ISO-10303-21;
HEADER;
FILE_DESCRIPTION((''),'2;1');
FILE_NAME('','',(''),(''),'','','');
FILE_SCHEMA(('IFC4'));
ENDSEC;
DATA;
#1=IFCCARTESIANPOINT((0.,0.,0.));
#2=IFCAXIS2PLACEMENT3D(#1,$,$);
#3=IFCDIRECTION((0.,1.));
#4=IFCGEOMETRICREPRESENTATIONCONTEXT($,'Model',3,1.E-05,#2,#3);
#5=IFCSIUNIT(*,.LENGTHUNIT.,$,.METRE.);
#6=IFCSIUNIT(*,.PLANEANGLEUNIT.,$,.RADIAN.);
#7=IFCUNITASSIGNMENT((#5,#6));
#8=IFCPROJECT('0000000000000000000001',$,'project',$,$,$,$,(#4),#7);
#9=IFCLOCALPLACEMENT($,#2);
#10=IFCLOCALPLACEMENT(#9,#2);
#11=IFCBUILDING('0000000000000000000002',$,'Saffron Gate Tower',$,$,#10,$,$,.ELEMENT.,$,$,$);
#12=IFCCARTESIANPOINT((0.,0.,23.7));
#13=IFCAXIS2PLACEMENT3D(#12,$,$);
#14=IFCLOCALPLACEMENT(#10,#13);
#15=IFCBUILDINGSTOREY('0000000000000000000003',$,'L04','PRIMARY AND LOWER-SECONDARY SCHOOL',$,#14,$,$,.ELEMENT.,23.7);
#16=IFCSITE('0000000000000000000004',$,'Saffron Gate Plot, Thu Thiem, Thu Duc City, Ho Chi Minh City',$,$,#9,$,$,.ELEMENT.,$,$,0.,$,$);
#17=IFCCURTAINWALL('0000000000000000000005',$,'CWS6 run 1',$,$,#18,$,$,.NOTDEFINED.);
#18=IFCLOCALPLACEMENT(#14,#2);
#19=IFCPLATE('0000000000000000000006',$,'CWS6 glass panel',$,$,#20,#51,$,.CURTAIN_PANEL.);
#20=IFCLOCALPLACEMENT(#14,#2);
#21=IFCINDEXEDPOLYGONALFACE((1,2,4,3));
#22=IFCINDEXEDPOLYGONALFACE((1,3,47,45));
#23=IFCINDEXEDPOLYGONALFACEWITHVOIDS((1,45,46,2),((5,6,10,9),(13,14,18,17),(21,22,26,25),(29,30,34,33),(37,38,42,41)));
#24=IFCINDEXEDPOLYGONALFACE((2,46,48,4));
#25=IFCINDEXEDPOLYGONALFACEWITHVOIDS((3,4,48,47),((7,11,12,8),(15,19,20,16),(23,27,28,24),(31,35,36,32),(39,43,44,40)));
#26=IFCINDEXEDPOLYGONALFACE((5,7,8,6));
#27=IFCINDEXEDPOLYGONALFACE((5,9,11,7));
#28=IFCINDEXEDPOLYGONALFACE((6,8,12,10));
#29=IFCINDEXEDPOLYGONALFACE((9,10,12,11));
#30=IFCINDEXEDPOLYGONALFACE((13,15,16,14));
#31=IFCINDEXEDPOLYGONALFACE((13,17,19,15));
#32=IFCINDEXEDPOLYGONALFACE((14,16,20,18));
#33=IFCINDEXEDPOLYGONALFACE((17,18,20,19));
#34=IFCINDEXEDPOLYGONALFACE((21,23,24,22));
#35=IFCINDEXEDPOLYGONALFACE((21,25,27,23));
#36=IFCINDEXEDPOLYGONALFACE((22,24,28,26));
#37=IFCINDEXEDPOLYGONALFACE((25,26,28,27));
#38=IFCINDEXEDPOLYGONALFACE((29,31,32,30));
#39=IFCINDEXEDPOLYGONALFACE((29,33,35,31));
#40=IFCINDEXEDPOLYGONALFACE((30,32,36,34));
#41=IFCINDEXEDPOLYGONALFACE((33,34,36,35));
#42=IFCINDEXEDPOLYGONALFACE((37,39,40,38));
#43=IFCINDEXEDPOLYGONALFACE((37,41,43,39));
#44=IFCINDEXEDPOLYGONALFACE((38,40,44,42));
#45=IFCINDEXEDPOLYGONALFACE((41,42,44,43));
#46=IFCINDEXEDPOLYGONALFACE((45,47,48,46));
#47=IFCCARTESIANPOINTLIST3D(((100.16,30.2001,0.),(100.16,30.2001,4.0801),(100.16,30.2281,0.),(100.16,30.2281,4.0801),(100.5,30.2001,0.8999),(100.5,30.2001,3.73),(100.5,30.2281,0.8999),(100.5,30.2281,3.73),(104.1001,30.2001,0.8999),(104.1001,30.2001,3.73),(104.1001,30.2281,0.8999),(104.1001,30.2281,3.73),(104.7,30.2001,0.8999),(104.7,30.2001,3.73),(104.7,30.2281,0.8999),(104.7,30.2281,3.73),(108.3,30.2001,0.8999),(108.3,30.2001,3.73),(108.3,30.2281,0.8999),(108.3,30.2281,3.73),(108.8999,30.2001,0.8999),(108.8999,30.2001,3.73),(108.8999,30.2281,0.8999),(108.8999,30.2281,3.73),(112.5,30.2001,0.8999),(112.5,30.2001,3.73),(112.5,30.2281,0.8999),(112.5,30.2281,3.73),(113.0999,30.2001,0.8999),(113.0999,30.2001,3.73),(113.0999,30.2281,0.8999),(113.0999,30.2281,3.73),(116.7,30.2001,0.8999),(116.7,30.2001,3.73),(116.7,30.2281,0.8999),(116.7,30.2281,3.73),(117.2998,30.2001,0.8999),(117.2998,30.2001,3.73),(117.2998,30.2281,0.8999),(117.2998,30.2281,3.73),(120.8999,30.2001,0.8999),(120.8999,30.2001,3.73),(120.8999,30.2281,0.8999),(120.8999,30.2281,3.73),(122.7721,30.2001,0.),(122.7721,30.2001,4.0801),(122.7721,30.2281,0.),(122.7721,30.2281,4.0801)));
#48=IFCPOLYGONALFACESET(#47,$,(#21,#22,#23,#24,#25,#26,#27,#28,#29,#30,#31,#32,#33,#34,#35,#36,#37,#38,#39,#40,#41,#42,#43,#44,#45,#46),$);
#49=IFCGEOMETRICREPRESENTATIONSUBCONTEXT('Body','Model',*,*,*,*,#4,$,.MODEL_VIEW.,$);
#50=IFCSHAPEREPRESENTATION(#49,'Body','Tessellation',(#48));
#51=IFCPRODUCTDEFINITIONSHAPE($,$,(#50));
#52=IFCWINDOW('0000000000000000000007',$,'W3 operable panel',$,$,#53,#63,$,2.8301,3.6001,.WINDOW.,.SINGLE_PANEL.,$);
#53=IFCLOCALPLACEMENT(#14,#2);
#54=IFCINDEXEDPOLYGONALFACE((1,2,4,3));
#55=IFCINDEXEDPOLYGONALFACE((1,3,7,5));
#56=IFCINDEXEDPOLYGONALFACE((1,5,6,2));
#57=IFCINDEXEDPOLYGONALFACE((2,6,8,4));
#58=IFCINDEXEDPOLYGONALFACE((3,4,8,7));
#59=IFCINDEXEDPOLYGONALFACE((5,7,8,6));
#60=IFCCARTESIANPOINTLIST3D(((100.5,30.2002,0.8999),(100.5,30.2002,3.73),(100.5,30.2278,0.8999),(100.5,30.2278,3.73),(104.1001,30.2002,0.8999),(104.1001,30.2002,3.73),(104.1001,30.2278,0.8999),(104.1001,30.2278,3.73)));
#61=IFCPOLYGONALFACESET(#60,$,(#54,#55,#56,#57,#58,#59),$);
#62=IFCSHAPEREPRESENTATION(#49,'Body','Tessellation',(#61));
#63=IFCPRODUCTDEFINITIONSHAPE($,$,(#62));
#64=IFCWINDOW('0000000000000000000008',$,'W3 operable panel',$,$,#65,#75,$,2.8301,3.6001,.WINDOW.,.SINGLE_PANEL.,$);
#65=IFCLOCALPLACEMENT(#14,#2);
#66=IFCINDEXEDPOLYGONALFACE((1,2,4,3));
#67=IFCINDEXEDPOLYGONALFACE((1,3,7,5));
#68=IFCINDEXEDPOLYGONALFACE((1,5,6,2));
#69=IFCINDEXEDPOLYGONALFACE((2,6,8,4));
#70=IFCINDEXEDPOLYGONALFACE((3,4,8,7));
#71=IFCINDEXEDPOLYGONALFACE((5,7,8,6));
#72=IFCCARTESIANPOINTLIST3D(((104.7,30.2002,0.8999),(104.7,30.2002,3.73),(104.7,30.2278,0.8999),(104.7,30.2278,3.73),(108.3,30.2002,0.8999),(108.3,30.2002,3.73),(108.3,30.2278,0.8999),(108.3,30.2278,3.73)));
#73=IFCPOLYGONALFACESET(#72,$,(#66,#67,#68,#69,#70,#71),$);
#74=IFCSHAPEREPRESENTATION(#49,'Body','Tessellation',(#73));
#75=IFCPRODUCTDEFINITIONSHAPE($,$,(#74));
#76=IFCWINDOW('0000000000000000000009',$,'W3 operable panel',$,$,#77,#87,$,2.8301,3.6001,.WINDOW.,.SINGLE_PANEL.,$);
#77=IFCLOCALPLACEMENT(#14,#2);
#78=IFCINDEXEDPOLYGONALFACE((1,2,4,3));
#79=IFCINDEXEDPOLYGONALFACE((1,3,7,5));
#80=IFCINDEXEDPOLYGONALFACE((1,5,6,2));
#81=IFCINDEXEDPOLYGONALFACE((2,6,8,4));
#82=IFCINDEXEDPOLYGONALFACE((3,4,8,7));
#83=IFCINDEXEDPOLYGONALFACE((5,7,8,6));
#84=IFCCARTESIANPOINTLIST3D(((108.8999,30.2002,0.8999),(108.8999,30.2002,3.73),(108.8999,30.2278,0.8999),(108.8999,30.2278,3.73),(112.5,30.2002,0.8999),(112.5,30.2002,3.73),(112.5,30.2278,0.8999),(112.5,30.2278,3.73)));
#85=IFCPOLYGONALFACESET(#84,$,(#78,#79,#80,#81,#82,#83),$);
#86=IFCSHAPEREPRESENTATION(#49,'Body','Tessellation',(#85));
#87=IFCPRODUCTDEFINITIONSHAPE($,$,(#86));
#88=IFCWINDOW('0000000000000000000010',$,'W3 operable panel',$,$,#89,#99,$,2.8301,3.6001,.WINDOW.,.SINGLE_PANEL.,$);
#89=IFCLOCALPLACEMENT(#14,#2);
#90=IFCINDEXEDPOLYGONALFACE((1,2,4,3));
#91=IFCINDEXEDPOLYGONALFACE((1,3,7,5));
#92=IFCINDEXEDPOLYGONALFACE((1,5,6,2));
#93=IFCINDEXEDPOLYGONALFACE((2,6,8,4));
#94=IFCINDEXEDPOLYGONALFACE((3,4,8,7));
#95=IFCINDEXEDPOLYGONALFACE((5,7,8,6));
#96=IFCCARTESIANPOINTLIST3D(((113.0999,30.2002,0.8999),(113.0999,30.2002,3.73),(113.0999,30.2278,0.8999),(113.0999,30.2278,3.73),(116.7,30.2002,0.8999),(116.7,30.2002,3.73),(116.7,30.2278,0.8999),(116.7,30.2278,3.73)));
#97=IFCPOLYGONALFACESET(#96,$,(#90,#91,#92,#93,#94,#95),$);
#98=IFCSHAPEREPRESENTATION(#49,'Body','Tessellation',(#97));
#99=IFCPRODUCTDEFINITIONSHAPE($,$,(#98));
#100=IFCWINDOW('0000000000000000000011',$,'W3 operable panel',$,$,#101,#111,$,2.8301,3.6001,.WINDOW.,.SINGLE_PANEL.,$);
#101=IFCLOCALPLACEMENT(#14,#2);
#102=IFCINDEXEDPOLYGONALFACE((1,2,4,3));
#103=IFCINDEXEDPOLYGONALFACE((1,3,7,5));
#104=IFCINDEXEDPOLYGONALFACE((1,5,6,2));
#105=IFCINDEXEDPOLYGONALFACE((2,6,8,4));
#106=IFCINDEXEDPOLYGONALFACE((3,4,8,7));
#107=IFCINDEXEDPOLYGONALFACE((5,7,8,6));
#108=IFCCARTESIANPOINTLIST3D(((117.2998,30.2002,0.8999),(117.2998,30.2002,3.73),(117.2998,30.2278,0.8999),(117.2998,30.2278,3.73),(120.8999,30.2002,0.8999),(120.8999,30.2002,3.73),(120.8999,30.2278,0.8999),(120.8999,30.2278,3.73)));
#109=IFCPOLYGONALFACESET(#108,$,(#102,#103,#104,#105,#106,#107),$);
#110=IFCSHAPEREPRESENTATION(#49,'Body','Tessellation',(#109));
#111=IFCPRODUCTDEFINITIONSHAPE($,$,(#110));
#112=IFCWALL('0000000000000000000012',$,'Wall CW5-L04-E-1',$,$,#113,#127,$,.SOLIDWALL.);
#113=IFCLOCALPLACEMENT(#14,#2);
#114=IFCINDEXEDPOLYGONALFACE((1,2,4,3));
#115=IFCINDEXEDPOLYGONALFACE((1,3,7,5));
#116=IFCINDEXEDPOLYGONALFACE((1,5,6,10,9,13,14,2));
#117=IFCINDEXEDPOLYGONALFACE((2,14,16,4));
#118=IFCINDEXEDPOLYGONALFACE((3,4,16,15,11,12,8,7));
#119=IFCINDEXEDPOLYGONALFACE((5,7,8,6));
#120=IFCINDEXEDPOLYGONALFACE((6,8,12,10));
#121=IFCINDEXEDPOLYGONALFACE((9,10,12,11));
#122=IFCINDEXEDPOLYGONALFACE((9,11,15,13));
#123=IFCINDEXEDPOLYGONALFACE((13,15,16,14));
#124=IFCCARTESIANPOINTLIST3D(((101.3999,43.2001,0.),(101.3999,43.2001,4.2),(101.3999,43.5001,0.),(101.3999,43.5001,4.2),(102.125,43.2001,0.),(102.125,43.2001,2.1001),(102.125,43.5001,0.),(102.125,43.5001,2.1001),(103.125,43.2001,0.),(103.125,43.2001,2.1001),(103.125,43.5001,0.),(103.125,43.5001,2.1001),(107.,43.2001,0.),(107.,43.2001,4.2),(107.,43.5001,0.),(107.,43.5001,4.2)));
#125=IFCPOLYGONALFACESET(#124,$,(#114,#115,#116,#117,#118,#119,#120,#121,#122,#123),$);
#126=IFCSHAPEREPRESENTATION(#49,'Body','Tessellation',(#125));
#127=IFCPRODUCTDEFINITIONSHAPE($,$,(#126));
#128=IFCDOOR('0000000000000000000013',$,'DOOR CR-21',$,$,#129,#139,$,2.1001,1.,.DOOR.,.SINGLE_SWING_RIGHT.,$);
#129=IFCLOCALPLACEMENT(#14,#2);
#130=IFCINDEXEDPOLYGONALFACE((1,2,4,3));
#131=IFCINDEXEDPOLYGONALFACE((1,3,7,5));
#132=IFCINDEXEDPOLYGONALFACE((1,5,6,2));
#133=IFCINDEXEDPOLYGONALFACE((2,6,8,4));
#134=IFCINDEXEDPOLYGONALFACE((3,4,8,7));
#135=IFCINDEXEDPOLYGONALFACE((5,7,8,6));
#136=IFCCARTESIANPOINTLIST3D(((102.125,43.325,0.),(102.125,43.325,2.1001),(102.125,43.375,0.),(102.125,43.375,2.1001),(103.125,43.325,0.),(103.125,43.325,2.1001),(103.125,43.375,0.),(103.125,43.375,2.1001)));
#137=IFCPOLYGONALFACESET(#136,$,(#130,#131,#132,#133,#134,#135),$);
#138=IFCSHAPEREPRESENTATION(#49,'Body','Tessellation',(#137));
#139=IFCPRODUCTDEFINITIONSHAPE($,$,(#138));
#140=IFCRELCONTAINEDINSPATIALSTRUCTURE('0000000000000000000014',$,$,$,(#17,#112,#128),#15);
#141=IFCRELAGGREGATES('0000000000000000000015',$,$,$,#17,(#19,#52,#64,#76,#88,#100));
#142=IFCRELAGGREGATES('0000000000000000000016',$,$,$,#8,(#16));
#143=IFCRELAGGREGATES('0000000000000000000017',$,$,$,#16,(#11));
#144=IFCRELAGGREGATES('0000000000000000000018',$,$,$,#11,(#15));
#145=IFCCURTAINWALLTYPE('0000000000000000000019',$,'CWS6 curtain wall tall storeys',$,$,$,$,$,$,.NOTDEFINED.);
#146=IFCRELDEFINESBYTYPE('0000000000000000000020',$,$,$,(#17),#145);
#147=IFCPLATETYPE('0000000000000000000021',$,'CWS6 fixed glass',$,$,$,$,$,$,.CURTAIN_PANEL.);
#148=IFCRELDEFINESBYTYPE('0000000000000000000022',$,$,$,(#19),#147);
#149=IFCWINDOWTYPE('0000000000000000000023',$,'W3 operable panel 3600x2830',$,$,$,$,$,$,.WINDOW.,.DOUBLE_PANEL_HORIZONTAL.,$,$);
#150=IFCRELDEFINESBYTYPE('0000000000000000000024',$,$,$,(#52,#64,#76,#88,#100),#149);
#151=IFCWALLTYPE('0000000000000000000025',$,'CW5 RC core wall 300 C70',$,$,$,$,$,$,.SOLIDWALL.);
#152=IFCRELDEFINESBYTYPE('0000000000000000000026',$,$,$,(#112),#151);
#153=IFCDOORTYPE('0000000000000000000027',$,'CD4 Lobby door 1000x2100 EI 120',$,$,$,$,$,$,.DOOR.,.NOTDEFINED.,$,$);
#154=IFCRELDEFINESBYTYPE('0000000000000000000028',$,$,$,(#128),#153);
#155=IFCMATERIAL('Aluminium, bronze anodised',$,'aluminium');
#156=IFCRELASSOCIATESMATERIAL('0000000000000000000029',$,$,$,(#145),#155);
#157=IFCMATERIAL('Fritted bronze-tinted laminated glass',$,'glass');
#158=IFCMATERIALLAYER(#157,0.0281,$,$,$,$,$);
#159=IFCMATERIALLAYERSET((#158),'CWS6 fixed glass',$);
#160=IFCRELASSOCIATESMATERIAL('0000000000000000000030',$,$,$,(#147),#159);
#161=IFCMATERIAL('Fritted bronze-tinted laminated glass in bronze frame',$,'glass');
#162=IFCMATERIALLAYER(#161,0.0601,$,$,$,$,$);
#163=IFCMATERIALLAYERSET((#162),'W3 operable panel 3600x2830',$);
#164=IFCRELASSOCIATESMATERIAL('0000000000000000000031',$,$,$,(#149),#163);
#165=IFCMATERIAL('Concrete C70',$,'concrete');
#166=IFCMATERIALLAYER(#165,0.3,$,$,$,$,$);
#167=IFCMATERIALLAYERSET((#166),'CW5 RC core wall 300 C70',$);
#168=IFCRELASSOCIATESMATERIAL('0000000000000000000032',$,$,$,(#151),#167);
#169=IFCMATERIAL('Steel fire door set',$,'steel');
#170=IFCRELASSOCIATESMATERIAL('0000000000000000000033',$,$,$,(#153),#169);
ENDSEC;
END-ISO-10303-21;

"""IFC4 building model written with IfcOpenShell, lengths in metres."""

from ifc_helpers import new_model, si_unit, direction, frame, frame_2d, origin, place, context, subcontext, project, spatial, rectangle, extrude, material, layer, layer_set, type_object, element, fill, aggregate, save


model = new_model("IFC4")

# Units and contexts
model_context = context("Model", 3, precision=1e-05, world=origin(), true_north=direction((0.0, 1.0)))
body_context = subcontext(model_context, "Body", "Model", "MODEL_VIEW")
ifc_project = project(units=[si_unit("LENGTHUNIT", "METRE"), si_unit("PLANEANGLEUNIT", "RADIAN")], contexts=[model_context])

# Site, building, storey
site_placement = place(None, origin())
site = spatial("IfcSite", under=ifc_project, at=site_placement, Name="Saffron Gate Plot, Thu Thiem, Thu Duc City, Ho Chi Minh City", CompositionType="ELEMENT", RefElevation=0.0)
building_placement = place(site_placement, origin())
building = spatial("IfcBuilding", under=site, at=building_placement, Name="Saffron Gate Tower", CompositionType="ELEMENT")
storey_placement = place(building_placement, frame((0.0, 0.0, 23.7)))
storey = spatial("IfcBuildingStorey", under=building, at=storey_placement, Name="L04", Description="PRIMARY AND LOWER-SECONDARY SCHOOL", CompositionType="ELEMENT", Elevation=23.7)

# Curtain wall, plate, openings, windows
ifc_material_1 = material(Name="Aluminium, bronze anodised", Category="aluminium")
curtain_wall_type = type_object("IfcCurtainWallType", Name="CWS6 curtain wall tall storeys", PredefinedType="NOTDEFINED", material=ifc_material_1)
curtain_wall_placement = place(storey_placement, origin())
curtain_wall = element("IfcCurtainWall", 1, at=curtain_wall_placement, inside=storey, type_object=curtain_wall_type, Name="CWS6 run 1", PredefinedType="NOTDEFINED")
ifc_material_2 = material(Name="Fritted bronze-tinted laminated glass", Category="glass")
ifc_layer_1 = layer(ifc_material_2, 0.0281)
ifc_layer_set_1 = layer_set([ifc_layer_1], Name="CWS6 fixed glass")
plate_type = type_object("IfcPlateType", Name="CWS6 fixed glass", PredefinedType="CURTAIN_PANEL", material=ifc_layer_set_1)
plate_placement = place(storey_placement, frame((100.1599, 30.2141, 0.0), z_axis=(0.0, 0.0, 1.0), x_axis=(1.0, 0.0, 0.0)))
plate = element("IfcPlate", 2, at=plate_placement, type_object=plate_type, Name="CWS6 glass panel", PredefinedType="CURTAIN_PANEL", context=body_context, shape_type="SweptSolid", body=[
    extrude(rectangle(XDim=22.6121, YDim=0.0281, at=frame_2d((11.3062, 0.0))), origin(), (0.0, 0.0, 1.0), 4.0801),
])
opening_1_placement = place(plate_placement, frame((0.3401, 0.0, 0.8999)))
opening_1 = element("IfcOpeningElement", 3, at=opening_1_placement, cuts=plate, PredefinedType="OPENING", context=body_context, shape_type="SweptSolid", body=[
    extrude(rectangle(XDim=3.6001, YDim=2.8301, at=frame_2d((1.8, 1.415))), frame((0.0, 0.0239, 0.0), z_axis=(0.0, -1.0, 0.0), x_axis=(1.0, 0.0, 0.0)), (0.0, 0.0, 1.0), 0.0481),
])
opening_2_placement = place(plate_placement, frame((4.54, 0.0, 0.8999)))
opening_2 = element("IfcOpeningElement", 4, at=opening_2_placement, cuts=plate, PredefinedType="OPENING", context=body_context, shape_type="SweptSolid", body=[
    extrude(rectangle(XDim=3.6001, YDim=2.8301, at=frame_2d((1.8, 1.415))), frame((0.0, 0.0239, 0.0), z_axis=(0.0, -1.0, 0.0), x_axis=(1.0, 0.0, 0.0)), (0.0, 0.0, 1.0), 0.0481),
])
opening_3_placement = place(plate_placement, frame((8.74, 0.0, 0.8999)))
opening_3 = element("IfcOpeningElement", 5, at=opening_3_placement, cuts=plate, PredefinedType="OPENING", context=body_context, shape_type="SweptSolid", body=[
    extrude(rectangle(XDim=3.6001, YDim=2.8301, at=frame_2d((1.8, 1.415))), frame((0.0, 0.0239, 0.0), z_axis=(0.0, -1.0, 0.0), x_axis=(1.0, 0.0, 0.0)), (0.0, 0.0, 1.0), 0.0481),
])
opening_4_placement = place(plate_placement, frame((12.9399, 0.0, 0.8999)))
opening_4 = element("IfcOpeningElement", 6, at=opening_4_placement, cuts=plate, PredefinedType="OPENING", context=body_context, shape_type="SweptSolid", body=[
    extrude(rectangle(XDim=3.6001, YDim=2.8301, at=frame_2d((1.8, 1.415))), frame((0.0, 0.0239, 0.0), z_axis=(0.0, -1.0, 0.0), x_axis=(1.0, 0.0, 0.0)), (0.0, 0.0, 1.0), 0.0481),
])
opening_5_placement = place(plate_placement, frame((17.1399, 0.0, 0.8999)))
opening_5 = element("IfcOpeningElement", 7, at=opening_5_placement, cuts=plate, PredefinedType="OPENING", context=body_context, shape_type="SweptSolid", body=[
    extrude(rectangle(XDim=3.6001, YDim=2.8301, at=frame_2d((1.8, 1.415))), frame((0.0, 0.0239, 0.0), z_axis=(0.0, -1.0, 0.0), x_axis=(1.0, 0.0, 0.0)), (0.0, 0.0, 1.0), 0.0481),
])
ifc_material_3 = material(Name="Fritted bronze-tinted laminated glass in bronze frame", Category="glass")
ifc_layer_2 = layer(ifc_material_3, 0.0601)
ifc_layer_set_2 = layer_set([ifc_layer_2], Name="W3 operable panel 3600x2830")
window_type = type_object("IfcWindowType", Name="W3 operable panel 3600x2830", PartitioningType="DOUBLE_PANEL_HORIZONTAL", PredefinedType="WINDOW", material=ifc_layer_set_2)
window_1_placement = place(opening_1_placement, origin())
window_1 = element("IfcWindow", 8, at=window_1_placement, type_object=window_type, Name="W3 operable panel", OverallHeight=2.8301, OverallWidth=3.6001, PartitioningType="SINGLE_PANEL", PredefinedType="WINDOW", context=body_context, shape_type="SweptSolid", body=[
    extrude(rectangle(XDim=3.6001, YDim=2.8301, at=frame_2d((1.8, 1.415))), frame((0.0, 0.0137, 0.0), z_axis=(0.0, -1.0, 0.0), x_axis=(1.0, 0.0, 0.0)), (0.0, 0.0, 1.0), 0.0276),
])
fill(opening_1, window_1)
window_2_placement = place(opening_2_placement, origin())
window_2 = element("IfcWindow", 9, at=window_2_placement, type_object=window_type, Name="W3 operable panel", OverallHeight=2.8301, OverallWidth=3.6001, PartitioningType="SINGLE_PANEL", PredefinedType="WINDOW", context=body_context, shape_type="SweptSolid", body=[
    extrude(rectangle(XDim=3.6001, YDim=2.8301, at=frame_2d((1.8, 1.415))), frame((0.0, 0.0137, 0.0), z_axis=(0.0, -1.0, 0.0), x_axis=(1.0, 0.0, 0.0)), (0.0, 0.0, 1.0), 0.0276),
])
fill(opening_2, window_2)
window_3_placement = place(opening_3_placement, origin())
window_3 = element("IfcWindow", 10, at=window_3_placement, type_object=window_type, Name="W3 operable panel", OverallHeight=2.8301, OverallWidth=3.6001, PartitioningType="SINGLE_PANEL", PredefinedType="WINDOW", context=body_context, shape_type="SweptSolid", body=[
    extrude(rectangle(XDim=3.6001, YDim=2.8301, at=frame_2d((1.8, 1.415))), frame((0.0, 0.0137, 0.0), z_axis=(0.0, -1.0, 0.0), x_axis=(1.0, 0.0, 0.0)), (0.0, 0.0, 1.0), 0.0276),
])
fill(opening_3, window_3)
window_4_placement = place(opening_4_placement, origin())
window_4 = element("IfcWindow", 11, at=window_4_placement, type_object=window_type, Name="W3 operable panel", OverallHeight=2.8301, OverallWidth=3.6001, PartitioningType="SINGLE_PANEL", PredefinedType="WINDOW", context=body_context, shape_type="SweptSolid", body=[
    extrude(rectangle(XDim=3.6001, YDim=2.8301, at=frame_2d((1.8, 1.415))), frame((0.0, 0.0137, 0.0), z_axis=(0.0, -1.0, 0.0), x_axis=(1.0, 0.0, 0.0)), (0.0, 0.0, 1.0), 0.0276),
])
fill(opening_4, window_4)
window_5_placement = place(opening_5_placement, origin())
window_5 = element("IfcWindow", 12, at=window_5_placement, type_object=window_type, Name="W3 operable panel", OverallHeight=2.8301, OverallWidth=3.6001, PartitioningType="SINGLE_PANEL", PredefinedType="WINDOW", context=body_context, shape_type="SweptSolid", body=[
    extrude(rectangle(XDim=3.6001, YDim=2.8301, at=frame_2d((1.8, 1.415))), frame((0.0, 0.0137, 0.0), z_axis=(0.0, -1.0, 0.0), x_axis=(1.0, 0.0, 0.0)), (0.0, 0.0, 1.0), 0.0276),
])
fill(opening_5, window_5)
aggregate(curtain_wall, [plate, window_1, window_2, window_3, window_4, window_5])

# Wall, opening, door
ifc_material_4 = material(Name="Concrete C70", Category="concrete")
ifc_layer_3 = layer(ifc_material_4, 0.3)
ifc_layer_set_3 = layer_set([ifc_layer_3], Name="CW5 RC core wall 300 C70")
wall_type_1 = type_object("IfcWallType", Name="CW5 RC core wall 300 C70", PredefinedType="SOLIDWALL", material=ifc_layer_set_3)
wall_1_placement = place(storey_placement, frame((101.3999, 43.3501, 0.0), z_axis=(0.0, 0.0, 1.0), x_axis=(1.0, 0.0, 0.0)))
wall_1 = element("IfcWall", 13, at=wall_1_placement, inside=storey, type_object=wall_type_1, Name="Wall CW5-L04-E-1", PredefinedType="SOLIDWALL", context=body_context, shape_type="SweptSolid", body=[
    extrude(rectangle(XDim=5.6001, YDim=0.3, at=frame_2d((2.8, 0.0))), origin(), (0.0, 0.0, 1.0), 4.2),
])
opening_6_placement = place(wall_1_placement, frame((0.7251, 0.0, 0.0)))
opening_6 = element("IfcOpeningElement", 14, at=opening_6_placement, cuts=wall_1, PredefinedType="OPENING", context=body_context, shape_type="SweptSolid", body=[
    extrude(rectangle(XDim=1.0, YDim=2.1001, at=frame_2d((0.5, 1.05))), frame((0.0, 0.1602, 0.0), z_axis=(0.0, -1.0, 0.0), x_axis=(1.0, 0.0, 0.0)), (0.0, 0.0, 1.0), 0.3201),
])
ifc_material_5 = material(Name="Steel fire door set", Category="steel")
door_type_1 = type_object("IfcDoorType", Name="CD4 Lobby door 1000x2100 EI 120", OperationType="NOTDEFINED", PredefinedType="DOOR", material=ifc_material_5)
door_1_placement = place(opening_6_placement, origin())
door_1 = element("IfcDoor", 15, at=door_1_placement, inside=storey, type_object=door_type_1, Name="DOOR CR-21", OperationType="SINGLE_SWING_RIGHT", OverallHeight=2.1001, OverallWidth=1.0, PredefinedType="DOOR", context=body_context, shape_type="SweptSolid", body=[
    extrude(rectangle(XDim=1.0, YDim=2.1001, at=frame_2d((0.5, 1.05))), frame((0.0, 0.0249, 0.0), z_axis=(0.0, -1.0, 0.0), x_axis=(1.0, 0.0, 0.0)), (0.0, 0.0, 1.0), 0.05),
])
fill(opening_6, door_1)

save(model, "model.ifc")
